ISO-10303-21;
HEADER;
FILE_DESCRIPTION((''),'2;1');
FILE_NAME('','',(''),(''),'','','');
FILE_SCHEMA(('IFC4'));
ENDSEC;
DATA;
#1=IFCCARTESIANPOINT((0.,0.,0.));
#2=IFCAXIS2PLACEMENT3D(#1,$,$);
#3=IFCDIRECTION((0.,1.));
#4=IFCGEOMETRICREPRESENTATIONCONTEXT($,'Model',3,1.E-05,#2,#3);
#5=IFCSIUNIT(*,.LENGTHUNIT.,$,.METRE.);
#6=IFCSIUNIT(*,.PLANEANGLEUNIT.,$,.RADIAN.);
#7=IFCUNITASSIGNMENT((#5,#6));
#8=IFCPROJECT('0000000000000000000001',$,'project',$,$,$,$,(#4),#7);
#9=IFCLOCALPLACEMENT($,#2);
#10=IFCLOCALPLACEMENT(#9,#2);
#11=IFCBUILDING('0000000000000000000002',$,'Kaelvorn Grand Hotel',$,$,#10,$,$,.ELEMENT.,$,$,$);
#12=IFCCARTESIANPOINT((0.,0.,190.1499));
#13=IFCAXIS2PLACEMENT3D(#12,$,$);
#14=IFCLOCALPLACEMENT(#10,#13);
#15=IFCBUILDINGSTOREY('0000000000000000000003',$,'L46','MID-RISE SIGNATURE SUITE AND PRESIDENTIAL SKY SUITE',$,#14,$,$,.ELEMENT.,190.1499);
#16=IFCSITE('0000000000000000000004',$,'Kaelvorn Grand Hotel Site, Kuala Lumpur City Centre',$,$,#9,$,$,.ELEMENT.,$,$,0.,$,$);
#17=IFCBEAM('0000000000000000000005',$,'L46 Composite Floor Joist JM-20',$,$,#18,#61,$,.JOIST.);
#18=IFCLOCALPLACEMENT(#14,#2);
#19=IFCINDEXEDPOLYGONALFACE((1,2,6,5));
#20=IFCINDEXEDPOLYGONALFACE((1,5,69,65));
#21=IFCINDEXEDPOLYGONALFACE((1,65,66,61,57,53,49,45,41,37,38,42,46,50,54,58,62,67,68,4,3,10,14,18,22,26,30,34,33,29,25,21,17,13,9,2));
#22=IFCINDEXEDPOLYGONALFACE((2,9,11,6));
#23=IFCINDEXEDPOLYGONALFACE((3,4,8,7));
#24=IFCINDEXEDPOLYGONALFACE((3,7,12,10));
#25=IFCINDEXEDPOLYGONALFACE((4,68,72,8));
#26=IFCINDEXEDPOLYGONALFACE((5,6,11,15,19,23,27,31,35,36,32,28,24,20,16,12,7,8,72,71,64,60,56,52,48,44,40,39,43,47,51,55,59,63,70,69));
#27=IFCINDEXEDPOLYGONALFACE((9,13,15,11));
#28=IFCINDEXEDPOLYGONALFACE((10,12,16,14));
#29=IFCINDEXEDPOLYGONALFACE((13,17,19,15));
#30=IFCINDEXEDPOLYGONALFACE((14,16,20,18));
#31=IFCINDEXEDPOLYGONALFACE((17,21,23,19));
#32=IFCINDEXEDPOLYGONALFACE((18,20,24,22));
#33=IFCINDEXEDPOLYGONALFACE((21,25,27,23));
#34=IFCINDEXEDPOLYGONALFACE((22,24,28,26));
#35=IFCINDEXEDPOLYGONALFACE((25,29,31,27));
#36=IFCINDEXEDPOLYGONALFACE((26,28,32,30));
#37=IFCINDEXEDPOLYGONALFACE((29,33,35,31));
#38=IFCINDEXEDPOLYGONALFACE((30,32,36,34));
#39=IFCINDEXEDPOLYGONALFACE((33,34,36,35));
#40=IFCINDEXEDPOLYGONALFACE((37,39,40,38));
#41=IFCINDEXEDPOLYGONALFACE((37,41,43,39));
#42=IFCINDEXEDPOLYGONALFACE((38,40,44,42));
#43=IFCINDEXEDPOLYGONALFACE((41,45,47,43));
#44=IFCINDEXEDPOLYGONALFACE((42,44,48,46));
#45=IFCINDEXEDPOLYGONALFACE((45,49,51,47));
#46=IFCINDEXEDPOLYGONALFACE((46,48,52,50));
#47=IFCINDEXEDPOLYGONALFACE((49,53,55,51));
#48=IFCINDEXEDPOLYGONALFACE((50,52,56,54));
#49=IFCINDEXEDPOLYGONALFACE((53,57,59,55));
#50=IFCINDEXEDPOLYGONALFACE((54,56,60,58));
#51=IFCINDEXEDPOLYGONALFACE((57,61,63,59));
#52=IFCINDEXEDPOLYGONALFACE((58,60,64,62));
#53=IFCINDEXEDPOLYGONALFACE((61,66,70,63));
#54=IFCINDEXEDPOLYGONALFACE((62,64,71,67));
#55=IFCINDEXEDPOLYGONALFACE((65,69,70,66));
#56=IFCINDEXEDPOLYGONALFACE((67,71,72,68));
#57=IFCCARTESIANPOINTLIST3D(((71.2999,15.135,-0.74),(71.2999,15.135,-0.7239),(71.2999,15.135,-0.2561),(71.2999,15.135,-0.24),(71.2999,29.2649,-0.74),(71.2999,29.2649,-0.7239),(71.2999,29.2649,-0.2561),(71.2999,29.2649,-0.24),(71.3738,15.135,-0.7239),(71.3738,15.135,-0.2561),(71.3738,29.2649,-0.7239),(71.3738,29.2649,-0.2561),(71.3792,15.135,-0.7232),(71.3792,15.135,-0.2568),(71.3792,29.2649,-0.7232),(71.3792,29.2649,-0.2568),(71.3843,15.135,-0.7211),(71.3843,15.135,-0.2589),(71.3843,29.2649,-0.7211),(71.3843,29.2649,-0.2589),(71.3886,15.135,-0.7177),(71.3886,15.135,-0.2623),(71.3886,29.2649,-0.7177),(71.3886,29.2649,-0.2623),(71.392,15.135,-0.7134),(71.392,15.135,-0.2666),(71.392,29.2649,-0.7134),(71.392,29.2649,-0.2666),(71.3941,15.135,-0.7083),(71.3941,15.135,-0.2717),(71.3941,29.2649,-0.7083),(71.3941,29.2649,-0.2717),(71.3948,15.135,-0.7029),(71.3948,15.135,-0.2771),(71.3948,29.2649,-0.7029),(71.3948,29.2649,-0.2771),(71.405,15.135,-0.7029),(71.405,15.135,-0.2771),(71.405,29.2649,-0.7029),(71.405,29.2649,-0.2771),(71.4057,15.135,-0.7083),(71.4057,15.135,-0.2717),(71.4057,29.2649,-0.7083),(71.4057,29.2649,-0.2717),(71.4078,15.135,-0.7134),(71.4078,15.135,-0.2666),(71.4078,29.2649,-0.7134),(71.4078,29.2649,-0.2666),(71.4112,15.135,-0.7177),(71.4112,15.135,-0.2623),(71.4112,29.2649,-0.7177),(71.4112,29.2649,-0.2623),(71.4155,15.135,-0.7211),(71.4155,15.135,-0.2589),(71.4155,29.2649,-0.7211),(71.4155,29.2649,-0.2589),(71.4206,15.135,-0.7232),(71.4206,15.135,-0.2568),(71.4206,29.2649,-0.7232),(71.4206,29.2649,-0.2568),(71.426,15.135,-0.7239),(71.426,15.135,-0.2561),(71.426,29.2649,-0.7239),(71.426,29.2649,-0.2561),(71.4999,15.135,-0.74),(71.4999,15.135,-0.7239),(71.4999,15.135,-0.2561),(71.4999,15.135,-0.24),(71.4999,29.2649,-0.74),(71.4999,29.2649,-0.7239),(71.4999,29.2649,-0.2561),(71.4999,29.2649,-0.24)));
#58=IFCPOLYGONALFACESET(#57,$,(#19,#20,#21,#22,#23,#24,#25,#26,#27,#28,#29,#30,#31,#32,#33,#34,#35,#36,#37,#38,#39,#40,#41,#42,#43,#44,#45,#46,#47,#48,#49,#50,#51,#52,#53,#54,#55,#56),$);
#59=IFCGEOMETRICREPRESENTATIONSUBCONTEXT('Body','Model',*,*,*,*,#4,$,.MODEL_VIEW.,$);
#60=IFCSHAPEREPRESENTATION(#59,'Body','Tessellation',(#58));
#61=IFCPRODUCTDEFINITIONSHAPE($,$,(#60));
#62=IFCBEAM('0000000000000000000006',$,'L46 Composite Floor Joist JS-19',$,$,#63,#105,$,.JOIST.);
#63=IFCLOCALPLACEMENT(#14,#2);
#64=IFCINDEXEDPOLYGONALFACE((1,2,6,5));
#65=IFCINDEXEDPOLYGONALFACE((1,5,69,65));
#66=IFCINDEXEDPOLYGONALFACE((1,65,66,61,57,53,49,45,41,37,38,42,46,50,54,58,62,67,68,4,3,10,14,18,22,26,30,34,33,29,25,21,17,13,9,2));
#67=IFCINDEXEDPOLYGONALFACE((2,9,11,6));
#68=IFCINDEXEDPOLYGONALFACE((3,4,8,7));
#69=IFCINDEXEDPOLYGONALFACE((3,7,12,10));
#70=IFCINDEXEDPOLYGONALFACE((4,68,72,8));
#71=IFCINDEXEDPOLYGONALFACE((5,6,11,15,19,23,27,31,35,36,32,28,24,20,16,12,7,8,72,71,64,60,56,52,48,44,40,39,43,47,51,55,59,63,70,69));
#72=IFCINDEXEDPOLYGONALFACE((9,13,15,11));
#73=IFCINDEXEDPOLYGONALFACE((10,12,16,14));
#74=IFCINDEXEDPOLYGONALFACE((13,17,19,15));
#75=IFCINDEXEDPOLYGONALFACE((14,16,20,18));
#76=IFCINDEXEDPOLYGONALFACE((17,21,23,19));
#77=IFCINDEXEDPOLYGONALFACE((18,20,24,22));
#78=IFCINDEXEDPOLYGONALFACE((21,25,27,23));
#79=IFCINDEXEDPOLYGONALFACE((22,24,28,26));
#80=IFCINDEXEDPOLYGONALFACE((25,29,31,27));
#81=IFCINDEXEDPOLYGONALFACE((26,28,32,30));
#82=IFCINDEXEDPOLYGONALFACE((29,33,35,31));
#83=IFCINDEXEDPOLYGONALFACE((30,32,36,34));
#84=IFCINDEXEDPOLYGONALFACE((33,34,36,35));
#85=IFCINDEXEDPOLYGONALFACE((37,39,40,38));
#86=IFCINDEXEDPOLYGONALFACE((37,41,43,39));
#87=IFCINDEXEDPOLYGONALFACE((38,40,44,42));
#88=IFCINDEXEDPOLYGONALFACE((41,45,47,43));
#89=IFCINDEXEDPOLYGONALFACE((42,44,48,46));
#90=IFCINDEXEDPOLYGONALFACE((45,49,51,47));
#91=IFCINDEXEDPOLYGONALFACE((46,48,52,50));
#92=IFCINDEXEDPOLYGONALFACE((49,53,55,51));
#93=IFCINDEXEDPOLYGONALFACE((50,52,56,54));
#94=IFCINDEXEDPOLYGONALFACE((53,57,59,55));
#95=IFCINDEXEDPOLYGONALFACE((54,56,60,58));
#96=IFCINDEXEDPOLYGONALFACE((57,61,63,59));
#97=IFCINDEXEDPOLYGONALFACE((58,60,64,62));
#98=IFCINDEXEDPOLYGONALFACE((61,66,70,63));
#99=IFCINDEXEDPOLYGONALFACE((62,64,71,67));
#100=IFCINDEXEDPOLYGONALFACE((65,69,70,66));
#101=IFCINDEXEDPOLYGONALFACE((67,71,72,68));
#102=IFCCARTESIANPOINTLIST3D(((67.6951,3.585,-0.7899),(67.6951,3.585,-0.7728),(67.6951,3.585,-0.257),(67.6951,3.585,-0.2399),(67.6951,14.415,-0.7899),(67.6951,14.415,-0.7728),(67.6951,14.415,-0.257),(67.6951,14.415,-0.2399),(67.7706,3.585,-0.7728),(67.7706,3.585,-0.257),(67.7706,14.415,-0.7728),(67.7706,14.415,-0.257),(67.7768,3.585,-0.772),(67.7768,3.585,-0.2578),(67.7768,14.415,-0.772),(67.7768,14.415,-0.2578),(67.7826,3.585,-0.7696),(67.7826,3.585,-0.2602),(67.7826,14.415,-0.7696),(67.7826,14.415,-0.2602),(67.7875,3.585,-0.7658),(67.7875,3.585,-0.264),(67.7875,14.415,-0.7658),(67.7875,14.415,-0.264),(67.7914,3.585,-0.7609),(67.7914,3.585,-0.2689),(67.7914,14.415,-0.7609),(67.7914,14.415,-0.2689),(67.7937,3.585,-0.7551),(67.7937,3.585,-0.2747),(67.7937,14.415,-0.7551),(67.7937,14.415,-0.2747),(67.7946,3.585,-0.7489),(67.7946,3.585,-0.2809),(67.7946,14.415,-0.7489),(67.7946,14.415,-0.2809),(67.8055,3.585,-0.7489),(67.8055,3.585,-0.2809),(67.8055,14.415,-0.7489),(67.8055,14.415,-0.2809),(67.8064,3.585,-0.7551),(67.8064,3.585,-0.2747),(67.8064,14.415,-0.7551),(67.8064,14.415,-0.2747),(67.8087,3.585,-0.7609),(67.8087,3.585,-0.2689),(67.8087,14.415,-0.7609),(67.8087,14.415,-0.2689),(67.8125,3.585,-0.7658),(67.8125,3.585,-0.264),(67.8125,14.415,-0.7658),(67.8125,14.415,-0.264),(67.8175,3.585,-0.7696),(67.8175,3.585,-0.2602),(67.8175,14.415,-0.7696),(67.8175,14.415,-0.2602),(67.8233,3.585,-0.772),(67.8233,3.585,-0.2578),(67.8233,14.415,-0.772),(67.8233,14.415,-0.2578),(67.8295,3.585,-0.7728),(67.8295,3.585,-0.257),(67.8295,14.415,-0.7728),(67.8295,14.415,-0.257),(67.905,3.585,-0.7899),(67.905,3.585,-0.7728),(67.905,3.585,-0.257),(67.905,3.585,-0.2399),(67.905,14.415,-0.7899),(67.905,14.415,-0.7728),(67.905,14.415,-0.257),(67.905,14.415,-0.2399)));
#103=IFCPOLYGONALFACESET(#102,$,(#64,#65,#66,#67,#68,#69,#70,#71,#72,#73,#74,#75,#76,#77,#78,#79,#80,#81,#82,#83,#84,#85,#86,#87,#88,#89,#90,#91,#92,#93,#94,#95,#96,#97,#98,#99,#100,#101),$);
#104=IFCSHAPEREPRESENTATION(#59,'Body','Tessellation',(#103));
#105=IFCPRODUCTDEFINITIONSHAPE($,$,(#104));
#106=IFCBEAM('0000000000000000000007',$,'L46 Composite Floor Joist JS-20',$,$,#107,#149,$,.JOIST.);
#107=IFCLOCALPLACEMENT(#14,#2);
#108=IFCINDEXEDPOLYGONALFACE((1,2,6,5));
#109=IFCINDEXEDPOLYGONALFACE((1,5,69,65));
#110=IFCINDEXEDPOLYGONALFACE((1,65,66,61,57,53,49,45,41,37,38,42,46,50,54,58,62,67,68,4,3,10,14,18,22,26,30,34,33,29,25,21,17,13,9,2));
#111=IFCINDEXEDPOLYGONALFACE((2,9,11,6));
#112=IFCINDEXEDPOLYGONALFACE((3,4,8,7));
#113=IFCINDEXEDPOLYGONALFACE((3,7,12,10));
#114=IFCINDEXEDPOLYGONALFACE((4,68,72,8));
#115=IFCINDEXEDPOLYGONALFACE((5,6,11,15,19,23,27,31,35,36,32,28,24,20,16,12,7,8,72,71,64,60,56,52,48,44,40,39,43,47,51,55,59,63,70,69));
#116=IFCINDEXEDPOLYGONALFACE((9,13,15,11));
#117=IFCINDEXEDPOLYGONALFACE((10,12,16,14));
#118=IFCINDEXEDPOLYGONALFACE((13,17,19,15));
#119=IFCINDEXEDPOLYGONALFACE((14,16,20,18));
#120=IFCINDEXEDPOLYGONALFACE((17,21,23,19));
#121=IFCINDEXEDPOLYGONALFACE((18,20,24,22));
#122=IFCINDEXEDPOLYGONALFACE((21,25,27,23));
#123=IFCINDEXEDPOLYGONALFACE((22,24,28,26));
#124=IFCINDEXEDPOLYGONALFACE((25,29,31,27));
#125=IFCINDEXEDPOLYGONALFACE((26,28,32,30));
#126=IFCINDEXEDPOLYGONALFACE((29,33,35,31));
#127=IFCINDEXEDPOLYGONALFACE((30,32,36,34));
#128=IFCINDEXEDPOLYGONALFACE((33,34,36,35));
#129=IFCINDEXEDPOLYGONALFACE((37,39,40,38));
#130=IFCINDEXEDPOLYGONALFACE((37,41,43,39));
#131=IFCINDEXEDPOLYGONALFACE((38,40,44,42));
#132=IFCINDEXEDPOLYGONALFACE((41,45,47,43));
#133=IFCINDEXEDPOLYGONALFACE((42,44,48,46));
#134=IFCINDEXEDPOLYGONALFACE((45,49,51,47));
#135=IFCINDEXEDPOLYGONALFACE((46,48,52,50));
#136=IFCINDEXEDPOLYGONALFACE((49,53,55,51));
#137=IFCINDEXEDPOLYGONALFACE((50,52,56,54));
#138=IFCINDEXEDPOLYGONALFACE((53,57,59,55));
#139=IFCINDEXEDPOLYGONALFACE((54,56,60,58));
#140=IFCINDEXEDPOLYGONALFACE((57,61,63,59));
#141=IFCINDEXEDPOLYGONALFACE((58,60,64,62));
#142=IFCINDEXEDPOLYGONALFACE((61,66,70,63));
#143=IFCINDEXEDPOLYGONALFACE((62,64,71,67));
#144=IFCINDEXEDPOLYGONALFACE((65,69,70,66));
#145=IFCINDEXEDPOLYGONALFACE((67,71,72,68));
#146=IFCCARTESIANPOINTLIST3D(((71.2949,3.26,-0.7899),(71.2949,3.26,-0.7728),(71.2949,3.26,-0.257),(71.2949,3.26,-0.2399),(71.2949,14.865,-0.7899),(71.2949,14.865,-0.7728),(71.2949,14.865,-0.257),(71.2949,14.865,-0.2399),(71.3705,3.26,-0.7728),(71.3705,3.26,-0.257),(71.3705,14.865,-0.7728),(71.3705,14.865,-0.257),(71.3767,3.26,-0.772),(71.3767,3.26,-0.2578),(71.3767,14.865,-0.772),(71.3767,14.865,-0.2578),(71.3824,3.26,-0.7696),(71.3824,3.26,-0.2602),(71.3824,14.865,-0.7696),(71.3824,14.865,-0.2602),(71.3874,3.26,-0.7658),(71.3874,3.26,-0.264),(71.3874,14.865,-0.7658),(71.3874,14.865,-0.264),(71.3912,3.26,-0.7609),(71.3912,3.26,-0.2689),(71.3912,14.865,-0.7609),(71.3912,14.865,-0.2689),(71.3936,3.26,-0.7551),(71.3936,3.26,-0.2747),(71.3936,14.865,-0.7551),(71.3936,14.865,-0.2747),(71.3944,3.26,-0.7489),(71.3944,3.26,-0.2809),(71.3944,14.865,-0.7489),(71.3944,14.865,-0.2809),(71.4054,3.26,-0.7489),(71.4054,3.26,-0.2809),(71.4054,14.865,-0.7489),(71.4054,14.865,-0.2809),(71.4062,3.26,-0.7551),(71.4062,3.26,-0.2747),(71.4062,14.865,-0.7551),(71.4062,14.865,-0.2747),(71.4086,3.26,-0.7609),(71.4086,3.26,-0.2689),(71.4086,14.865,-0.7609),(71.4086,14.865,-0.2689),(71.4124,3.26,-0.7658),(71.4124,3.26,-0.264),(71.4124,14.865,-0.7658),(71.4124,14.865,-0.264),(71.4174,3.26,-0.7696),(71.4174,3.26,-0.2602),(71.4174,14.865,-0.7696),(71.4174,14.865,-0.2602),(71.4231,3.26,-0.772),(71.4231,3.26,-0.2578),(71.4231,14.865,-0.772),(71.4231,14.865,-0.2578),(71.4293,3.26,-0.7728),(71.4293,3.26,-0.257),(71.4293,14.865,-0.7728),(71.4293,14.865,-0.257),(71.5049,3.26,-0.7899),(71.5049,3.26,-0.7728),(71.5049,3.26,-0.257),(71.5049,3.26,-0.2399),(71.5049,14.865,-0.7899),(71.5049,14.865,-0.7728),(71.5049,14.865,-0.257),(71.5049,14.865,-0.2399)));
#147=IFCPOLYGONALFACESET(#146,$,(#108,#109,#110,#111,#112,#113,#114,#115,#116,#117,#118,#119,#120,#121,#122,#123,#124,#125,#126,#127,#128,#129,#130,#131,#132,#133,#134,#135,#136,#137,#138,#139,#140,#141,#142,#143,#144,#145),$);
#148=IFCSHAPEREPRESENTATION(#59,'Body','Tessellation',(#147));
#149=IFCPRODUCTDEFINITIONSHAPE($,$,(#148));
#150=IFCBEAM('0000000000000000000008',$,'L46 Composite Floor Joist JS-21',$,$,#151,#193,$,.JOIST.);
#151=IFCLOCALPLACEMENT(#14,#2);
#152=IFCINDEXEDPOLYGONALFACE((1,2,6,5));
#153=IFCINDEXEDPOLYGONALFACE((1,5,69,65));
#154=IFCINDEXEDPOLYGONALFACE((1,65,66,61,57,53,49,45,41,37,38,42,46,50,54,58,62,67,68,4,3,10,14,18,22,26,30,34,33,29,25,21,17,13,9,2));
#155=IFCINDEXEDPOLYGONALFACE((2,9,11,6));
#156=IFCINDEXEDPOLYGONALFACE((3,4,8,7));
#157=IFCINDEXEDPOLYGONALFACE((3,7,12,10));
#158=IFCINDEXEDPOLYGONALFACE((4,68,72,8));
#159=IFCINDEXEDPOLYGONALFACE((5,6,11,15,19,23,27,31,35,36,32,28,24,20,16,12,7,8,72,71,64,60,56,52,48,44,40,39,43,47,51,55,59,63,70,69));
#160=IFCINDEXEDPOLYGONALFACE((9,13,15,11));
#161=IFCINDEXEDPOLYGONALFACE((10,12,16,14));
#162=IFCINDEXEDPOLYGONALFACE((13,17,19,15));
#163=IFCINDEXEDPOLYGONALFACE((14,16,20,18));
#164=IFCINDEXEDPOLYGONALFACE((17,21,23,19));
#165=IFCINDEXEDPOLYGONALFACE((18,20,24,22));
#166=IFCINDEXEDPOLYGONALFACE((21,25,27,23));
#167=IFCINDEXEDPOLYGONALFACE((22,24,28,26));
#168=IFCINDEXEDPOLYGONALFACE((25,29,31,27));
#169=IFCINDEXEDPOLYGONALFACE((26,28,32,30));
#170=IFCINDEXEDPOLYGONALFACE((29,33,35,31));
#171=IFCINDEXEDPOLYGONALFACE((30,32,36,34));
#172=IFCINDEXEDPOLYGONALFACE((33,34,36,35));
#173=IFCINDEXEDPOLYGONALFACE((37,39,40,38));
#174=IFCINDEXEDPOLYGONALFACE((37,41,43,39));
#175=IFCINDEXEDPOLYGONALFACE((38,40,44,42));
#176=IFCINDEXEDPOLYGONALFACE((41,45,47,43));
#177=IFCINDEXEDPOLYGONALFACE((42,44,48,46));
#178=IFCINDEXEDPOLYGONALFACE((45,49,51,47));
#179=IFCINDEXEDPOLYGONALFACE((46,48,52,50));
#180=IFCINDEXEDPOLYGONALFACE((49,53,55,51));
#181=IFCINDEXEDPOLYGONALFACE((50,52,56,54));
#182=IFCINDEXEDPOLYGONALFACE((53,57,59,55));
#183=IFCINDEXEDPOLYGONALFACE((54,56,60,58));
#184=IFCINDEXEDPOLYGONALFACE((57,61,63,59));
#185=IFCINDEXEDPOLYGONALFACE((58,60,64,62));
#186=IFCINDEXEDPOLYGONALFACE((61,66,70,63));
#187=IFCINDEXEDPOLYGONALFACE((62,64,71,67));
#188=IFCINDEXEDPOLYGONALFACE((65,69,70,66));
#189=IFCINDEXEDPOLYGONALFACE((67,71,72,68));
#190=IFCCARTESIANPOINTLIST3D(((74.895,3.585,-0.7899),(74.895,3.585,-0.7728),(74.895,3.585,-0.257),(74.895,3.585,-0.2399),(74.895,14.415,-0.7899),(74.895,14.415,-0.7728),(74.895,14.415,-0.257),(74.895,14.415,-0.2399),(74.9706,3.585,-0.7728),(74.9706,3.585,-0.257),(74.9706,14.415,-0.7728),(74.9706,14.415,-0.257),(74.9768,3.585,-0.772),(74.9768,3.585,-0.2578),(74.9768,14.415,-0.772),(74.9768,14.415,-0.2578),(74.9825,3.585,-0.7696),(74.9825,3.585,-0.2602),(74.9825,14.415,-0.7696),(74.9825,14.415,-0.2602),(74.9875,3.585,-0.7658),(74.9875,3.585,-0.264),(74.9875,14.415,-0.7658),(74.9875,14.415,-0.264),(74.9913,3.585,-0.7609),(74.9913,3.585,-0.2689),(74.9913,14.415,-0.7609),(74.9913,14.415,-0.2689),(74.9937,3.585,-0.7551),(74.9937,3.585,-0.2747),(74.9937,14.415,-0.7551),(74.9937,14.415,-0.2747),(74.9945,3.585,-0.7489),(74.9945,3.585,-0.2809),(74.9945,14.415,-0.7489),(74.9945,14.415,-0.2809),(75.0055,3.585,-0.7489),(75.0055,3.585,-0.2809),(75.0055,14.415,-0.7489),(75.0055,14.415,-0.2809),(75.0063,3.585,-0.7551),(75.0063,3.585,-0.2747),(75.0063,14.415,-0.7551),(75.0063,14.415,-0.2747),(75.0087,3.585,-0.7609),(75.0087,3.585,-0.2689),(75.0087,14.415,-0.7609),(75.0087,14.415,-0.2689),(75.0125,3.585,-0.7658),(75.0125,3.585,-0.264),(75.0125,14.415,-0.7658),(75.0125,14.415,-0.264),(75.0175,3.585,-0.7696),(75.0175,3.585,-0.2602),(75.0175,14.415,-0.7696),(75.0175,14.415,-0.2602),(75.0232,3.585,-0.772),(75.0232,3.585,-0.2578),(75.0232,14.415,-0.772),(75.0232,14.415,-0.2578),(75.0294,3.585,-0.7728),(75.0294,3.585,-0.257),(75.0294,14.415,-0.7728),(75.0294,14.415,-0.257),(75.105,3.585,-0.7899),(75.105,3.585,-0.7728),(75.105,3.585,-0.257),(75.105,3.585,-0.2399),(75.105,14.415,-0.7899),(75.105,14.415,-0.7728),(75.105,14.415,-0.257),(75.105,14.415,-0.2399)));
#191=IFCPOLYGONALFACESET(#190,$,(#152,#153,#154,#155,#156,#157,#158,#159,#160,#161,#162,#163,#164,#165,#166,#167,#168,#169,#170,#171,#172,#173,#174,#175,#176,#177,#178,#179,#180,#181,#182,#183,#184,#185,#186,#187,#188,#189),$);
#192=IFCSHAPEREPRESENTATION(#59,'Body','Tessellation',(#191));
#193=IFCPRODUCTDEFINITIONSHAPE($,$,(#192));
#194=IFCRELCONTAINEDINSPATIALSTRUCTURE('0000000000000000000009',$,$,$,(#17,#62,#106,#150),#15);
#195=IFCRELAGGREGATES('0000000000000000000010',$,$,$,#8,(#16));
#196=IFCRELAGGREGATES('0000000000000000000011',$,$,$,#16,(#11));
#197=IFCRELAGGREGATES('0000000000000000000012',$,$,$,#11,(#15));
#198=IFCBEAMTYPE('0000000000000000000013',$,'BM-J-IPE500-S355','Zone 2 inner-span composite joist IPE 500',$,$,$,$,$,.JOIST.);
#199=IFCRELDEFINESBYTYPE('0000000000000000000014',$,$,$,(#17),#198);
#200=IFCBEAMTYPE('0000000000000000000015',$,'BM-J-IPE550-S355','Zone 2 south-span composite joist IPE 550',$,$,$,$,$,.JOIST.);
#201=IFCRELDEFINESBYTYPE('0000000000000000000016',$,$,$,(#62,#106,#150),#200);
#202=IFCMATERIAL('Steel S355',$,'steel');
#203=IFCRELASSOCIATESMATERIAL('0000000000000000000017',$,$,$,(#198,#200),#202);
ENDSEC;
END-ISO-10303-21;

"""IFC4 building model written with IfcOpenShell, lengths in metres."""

from ifc_helpers import new_model, si_unit, direction, frame, origin, origin_2d, place, context, subcontext, project, spatial, i_section, extrude, material, material_profile, profile_set, type_object, element, save


model = new_model("IFC4")

# Units and contexts
model_context = context("Model", 3, precision=1e-05, world=origin(), true_north=direction((0.0, 1.0)))
body_context = subcontext(model_context, "Body", "Model", "MODEL_VIEW")
ifc_project = project(units=[si_unit("LENGTHUNIT", "METRE"), si_unit("PLANEANGLEUNIT", "RADIAN")], contexts=[model_context])

# Site, building, storey
site_placement = place(None, origin())
site = spatial("IfcSite", under=ifc_project, at=site_placement, Name="Kaelvorn Grand Hotel Site, Kuala Lumpur City Centre", CompositionType="ELEMENT", RefElevation=0.0)
building_placement = place(site_placement, origin())
building = spatial("IfcBuilding", under=site, at=building_placement, Name="Kaelvorn Grand Hotel", CompositionType="ELEMENT")
storey_placement = place(building_placement, frame((0.0, 0.0, 190.1499)))
storey = spatial("IfcBuildingStorey", under=building, at=storey_placement, Name="L46", Description="MID-RISE SIGNATURE SUITE AND PRESIDENTIAL SKY SUITE", CompositionType="ELEMENT", Elevation=190.1499)

# Beams
ifc_material_1 = material(Name="Steel S355", Category="steel")
ifc_material_profile_1 = material_profile(ifc_material_1, i_section(OverallWidth=0.2, OverallDepth=0.5, WebThickness=0.0103, FlangeThickness=0.0161, FilletRadius=0.021, at=origin_2d()), Name="IPE 500")
ifc_profile_set_1 = profile_set([ifc_material_profile_1], Name="Steel S355")
beam_type_1 = type_object("IfcBeamType", Name="BM-J-IPE500-S355", Description="Zone 2 inner-span composite joist IPE 500", PredefinedType="JOIST", material=ifc_profile_set_1)
beam_1_placement = place(storey_placement, frame((71.3999, 15.135, -0.49), z_axis=(0.0, 1.0, 0.0), x_axis=(-1.0, 0.0, 0.0)))
element("IfcBeam", 1, at=beam_1_placement, inside=storey, type_object=beam_type_1, Name="L46 Composite Floor Joist JM-20", PredefinedType="JOIST", context=body_context, shape_type="SweptSolid", body=[
    extrude(i_section(OverallWidth=0.2, OverallDepth=0.5, WebThickness=0.0103, FlangeThickness=0.0161, FilletRadius=0.021, at=origin_2d()), origin(), (0.0, 0.0, 1.0), 14.1299),
])
ifc_material_profile_2 = material_profile(ifc_material_1, i_section(OverallWidth=0.21, OverallDepth=0.55, WebThickness=0.011, FlangeThickness=0.0171, FilletRadius=0.0239, at=origin_2d()), Name="IPE 550")
ifc_profile_set_2 = profile_set([ifc_material_profile_2], Name="Steel S355")
beam_type_2 = type_object("IfcBeamType", Name="BM-J-IPE550-S355", Description="Zone 2 south-span composite joist IPE 550", PredefinedType="JOIST", material=ifc_profile_set_2)
beam_2_placement = place(storey_placement, frame((67.8, 3.585, -0.5149), z_axis=(0.0, 1.0, 0.0), x_axis=(-1.0, 0.0, 0.0)))
element("IfcBeam", 2, at=beam_2_placement, inside=storey, type_object=beam_type_2, Name="L46 Composite Floor Joist JS-19", PredefinedType="JOIST", context=body_context, shape_type="SweptSolid", body=[
    extrude(i_section(OverallWidth=0.21, OverallDepth=0.55, WebThickness=0.011, FlangeThickness=0.0171, FilletRadius=0.0239, at=origin_2d()), origin(), (0.0, 0.0, 1.0), 10.8301),
])
beam_3_placement = place(storey_placement, frame((71.3999, 3.26, -0.5149), z_axis=(0.0, 1.0, 0.0), x_axis=(-1.0, 0.0, 0.0)))
element("IfcBeam", 3, at=beam_3_placement, inside=storey, type_object=beam_type_2, Name="L46 Composite Floor Joist JS-20", PredefinedType="JOIST", context=body_context, shape_type="SweptSolid", body=[
    extrude(i_section(OverallWidth=0.21, OverallDepth=0.55, WebThickness=0.011, FlangeThickness=0.0171, FilletRadius=0.0239, at=origin_2d()), origin(), (0.0, 0.0, 1.0), 11.605),
])
beam_4_placement = place(storey_placement, frame((75.0, 3.585, -0.5149), z_axis=(0.0, 1.0, 0.0), x_axis=(-1.0, 0.0, 0.0)))
element("IfcBeam", 4, at=beam_4_placement, inside=storey, type_object=beam_type_2, Name="L46 Composite Floor Joist JS-21", PredefinedType="JOIST", context=body_context, shape_type="SweptSolid", body=[
    extrude(i_section(OverallWidth=0.21, OverallDepth=0.55, WebThickness=0.011, FlangeThickness=0.0171, FilletRadius=0.0239, at=origin_2d()), origin(), (0.0, 0.0, 1.0), 10.8301),
])

save(model, "model.ifc")
